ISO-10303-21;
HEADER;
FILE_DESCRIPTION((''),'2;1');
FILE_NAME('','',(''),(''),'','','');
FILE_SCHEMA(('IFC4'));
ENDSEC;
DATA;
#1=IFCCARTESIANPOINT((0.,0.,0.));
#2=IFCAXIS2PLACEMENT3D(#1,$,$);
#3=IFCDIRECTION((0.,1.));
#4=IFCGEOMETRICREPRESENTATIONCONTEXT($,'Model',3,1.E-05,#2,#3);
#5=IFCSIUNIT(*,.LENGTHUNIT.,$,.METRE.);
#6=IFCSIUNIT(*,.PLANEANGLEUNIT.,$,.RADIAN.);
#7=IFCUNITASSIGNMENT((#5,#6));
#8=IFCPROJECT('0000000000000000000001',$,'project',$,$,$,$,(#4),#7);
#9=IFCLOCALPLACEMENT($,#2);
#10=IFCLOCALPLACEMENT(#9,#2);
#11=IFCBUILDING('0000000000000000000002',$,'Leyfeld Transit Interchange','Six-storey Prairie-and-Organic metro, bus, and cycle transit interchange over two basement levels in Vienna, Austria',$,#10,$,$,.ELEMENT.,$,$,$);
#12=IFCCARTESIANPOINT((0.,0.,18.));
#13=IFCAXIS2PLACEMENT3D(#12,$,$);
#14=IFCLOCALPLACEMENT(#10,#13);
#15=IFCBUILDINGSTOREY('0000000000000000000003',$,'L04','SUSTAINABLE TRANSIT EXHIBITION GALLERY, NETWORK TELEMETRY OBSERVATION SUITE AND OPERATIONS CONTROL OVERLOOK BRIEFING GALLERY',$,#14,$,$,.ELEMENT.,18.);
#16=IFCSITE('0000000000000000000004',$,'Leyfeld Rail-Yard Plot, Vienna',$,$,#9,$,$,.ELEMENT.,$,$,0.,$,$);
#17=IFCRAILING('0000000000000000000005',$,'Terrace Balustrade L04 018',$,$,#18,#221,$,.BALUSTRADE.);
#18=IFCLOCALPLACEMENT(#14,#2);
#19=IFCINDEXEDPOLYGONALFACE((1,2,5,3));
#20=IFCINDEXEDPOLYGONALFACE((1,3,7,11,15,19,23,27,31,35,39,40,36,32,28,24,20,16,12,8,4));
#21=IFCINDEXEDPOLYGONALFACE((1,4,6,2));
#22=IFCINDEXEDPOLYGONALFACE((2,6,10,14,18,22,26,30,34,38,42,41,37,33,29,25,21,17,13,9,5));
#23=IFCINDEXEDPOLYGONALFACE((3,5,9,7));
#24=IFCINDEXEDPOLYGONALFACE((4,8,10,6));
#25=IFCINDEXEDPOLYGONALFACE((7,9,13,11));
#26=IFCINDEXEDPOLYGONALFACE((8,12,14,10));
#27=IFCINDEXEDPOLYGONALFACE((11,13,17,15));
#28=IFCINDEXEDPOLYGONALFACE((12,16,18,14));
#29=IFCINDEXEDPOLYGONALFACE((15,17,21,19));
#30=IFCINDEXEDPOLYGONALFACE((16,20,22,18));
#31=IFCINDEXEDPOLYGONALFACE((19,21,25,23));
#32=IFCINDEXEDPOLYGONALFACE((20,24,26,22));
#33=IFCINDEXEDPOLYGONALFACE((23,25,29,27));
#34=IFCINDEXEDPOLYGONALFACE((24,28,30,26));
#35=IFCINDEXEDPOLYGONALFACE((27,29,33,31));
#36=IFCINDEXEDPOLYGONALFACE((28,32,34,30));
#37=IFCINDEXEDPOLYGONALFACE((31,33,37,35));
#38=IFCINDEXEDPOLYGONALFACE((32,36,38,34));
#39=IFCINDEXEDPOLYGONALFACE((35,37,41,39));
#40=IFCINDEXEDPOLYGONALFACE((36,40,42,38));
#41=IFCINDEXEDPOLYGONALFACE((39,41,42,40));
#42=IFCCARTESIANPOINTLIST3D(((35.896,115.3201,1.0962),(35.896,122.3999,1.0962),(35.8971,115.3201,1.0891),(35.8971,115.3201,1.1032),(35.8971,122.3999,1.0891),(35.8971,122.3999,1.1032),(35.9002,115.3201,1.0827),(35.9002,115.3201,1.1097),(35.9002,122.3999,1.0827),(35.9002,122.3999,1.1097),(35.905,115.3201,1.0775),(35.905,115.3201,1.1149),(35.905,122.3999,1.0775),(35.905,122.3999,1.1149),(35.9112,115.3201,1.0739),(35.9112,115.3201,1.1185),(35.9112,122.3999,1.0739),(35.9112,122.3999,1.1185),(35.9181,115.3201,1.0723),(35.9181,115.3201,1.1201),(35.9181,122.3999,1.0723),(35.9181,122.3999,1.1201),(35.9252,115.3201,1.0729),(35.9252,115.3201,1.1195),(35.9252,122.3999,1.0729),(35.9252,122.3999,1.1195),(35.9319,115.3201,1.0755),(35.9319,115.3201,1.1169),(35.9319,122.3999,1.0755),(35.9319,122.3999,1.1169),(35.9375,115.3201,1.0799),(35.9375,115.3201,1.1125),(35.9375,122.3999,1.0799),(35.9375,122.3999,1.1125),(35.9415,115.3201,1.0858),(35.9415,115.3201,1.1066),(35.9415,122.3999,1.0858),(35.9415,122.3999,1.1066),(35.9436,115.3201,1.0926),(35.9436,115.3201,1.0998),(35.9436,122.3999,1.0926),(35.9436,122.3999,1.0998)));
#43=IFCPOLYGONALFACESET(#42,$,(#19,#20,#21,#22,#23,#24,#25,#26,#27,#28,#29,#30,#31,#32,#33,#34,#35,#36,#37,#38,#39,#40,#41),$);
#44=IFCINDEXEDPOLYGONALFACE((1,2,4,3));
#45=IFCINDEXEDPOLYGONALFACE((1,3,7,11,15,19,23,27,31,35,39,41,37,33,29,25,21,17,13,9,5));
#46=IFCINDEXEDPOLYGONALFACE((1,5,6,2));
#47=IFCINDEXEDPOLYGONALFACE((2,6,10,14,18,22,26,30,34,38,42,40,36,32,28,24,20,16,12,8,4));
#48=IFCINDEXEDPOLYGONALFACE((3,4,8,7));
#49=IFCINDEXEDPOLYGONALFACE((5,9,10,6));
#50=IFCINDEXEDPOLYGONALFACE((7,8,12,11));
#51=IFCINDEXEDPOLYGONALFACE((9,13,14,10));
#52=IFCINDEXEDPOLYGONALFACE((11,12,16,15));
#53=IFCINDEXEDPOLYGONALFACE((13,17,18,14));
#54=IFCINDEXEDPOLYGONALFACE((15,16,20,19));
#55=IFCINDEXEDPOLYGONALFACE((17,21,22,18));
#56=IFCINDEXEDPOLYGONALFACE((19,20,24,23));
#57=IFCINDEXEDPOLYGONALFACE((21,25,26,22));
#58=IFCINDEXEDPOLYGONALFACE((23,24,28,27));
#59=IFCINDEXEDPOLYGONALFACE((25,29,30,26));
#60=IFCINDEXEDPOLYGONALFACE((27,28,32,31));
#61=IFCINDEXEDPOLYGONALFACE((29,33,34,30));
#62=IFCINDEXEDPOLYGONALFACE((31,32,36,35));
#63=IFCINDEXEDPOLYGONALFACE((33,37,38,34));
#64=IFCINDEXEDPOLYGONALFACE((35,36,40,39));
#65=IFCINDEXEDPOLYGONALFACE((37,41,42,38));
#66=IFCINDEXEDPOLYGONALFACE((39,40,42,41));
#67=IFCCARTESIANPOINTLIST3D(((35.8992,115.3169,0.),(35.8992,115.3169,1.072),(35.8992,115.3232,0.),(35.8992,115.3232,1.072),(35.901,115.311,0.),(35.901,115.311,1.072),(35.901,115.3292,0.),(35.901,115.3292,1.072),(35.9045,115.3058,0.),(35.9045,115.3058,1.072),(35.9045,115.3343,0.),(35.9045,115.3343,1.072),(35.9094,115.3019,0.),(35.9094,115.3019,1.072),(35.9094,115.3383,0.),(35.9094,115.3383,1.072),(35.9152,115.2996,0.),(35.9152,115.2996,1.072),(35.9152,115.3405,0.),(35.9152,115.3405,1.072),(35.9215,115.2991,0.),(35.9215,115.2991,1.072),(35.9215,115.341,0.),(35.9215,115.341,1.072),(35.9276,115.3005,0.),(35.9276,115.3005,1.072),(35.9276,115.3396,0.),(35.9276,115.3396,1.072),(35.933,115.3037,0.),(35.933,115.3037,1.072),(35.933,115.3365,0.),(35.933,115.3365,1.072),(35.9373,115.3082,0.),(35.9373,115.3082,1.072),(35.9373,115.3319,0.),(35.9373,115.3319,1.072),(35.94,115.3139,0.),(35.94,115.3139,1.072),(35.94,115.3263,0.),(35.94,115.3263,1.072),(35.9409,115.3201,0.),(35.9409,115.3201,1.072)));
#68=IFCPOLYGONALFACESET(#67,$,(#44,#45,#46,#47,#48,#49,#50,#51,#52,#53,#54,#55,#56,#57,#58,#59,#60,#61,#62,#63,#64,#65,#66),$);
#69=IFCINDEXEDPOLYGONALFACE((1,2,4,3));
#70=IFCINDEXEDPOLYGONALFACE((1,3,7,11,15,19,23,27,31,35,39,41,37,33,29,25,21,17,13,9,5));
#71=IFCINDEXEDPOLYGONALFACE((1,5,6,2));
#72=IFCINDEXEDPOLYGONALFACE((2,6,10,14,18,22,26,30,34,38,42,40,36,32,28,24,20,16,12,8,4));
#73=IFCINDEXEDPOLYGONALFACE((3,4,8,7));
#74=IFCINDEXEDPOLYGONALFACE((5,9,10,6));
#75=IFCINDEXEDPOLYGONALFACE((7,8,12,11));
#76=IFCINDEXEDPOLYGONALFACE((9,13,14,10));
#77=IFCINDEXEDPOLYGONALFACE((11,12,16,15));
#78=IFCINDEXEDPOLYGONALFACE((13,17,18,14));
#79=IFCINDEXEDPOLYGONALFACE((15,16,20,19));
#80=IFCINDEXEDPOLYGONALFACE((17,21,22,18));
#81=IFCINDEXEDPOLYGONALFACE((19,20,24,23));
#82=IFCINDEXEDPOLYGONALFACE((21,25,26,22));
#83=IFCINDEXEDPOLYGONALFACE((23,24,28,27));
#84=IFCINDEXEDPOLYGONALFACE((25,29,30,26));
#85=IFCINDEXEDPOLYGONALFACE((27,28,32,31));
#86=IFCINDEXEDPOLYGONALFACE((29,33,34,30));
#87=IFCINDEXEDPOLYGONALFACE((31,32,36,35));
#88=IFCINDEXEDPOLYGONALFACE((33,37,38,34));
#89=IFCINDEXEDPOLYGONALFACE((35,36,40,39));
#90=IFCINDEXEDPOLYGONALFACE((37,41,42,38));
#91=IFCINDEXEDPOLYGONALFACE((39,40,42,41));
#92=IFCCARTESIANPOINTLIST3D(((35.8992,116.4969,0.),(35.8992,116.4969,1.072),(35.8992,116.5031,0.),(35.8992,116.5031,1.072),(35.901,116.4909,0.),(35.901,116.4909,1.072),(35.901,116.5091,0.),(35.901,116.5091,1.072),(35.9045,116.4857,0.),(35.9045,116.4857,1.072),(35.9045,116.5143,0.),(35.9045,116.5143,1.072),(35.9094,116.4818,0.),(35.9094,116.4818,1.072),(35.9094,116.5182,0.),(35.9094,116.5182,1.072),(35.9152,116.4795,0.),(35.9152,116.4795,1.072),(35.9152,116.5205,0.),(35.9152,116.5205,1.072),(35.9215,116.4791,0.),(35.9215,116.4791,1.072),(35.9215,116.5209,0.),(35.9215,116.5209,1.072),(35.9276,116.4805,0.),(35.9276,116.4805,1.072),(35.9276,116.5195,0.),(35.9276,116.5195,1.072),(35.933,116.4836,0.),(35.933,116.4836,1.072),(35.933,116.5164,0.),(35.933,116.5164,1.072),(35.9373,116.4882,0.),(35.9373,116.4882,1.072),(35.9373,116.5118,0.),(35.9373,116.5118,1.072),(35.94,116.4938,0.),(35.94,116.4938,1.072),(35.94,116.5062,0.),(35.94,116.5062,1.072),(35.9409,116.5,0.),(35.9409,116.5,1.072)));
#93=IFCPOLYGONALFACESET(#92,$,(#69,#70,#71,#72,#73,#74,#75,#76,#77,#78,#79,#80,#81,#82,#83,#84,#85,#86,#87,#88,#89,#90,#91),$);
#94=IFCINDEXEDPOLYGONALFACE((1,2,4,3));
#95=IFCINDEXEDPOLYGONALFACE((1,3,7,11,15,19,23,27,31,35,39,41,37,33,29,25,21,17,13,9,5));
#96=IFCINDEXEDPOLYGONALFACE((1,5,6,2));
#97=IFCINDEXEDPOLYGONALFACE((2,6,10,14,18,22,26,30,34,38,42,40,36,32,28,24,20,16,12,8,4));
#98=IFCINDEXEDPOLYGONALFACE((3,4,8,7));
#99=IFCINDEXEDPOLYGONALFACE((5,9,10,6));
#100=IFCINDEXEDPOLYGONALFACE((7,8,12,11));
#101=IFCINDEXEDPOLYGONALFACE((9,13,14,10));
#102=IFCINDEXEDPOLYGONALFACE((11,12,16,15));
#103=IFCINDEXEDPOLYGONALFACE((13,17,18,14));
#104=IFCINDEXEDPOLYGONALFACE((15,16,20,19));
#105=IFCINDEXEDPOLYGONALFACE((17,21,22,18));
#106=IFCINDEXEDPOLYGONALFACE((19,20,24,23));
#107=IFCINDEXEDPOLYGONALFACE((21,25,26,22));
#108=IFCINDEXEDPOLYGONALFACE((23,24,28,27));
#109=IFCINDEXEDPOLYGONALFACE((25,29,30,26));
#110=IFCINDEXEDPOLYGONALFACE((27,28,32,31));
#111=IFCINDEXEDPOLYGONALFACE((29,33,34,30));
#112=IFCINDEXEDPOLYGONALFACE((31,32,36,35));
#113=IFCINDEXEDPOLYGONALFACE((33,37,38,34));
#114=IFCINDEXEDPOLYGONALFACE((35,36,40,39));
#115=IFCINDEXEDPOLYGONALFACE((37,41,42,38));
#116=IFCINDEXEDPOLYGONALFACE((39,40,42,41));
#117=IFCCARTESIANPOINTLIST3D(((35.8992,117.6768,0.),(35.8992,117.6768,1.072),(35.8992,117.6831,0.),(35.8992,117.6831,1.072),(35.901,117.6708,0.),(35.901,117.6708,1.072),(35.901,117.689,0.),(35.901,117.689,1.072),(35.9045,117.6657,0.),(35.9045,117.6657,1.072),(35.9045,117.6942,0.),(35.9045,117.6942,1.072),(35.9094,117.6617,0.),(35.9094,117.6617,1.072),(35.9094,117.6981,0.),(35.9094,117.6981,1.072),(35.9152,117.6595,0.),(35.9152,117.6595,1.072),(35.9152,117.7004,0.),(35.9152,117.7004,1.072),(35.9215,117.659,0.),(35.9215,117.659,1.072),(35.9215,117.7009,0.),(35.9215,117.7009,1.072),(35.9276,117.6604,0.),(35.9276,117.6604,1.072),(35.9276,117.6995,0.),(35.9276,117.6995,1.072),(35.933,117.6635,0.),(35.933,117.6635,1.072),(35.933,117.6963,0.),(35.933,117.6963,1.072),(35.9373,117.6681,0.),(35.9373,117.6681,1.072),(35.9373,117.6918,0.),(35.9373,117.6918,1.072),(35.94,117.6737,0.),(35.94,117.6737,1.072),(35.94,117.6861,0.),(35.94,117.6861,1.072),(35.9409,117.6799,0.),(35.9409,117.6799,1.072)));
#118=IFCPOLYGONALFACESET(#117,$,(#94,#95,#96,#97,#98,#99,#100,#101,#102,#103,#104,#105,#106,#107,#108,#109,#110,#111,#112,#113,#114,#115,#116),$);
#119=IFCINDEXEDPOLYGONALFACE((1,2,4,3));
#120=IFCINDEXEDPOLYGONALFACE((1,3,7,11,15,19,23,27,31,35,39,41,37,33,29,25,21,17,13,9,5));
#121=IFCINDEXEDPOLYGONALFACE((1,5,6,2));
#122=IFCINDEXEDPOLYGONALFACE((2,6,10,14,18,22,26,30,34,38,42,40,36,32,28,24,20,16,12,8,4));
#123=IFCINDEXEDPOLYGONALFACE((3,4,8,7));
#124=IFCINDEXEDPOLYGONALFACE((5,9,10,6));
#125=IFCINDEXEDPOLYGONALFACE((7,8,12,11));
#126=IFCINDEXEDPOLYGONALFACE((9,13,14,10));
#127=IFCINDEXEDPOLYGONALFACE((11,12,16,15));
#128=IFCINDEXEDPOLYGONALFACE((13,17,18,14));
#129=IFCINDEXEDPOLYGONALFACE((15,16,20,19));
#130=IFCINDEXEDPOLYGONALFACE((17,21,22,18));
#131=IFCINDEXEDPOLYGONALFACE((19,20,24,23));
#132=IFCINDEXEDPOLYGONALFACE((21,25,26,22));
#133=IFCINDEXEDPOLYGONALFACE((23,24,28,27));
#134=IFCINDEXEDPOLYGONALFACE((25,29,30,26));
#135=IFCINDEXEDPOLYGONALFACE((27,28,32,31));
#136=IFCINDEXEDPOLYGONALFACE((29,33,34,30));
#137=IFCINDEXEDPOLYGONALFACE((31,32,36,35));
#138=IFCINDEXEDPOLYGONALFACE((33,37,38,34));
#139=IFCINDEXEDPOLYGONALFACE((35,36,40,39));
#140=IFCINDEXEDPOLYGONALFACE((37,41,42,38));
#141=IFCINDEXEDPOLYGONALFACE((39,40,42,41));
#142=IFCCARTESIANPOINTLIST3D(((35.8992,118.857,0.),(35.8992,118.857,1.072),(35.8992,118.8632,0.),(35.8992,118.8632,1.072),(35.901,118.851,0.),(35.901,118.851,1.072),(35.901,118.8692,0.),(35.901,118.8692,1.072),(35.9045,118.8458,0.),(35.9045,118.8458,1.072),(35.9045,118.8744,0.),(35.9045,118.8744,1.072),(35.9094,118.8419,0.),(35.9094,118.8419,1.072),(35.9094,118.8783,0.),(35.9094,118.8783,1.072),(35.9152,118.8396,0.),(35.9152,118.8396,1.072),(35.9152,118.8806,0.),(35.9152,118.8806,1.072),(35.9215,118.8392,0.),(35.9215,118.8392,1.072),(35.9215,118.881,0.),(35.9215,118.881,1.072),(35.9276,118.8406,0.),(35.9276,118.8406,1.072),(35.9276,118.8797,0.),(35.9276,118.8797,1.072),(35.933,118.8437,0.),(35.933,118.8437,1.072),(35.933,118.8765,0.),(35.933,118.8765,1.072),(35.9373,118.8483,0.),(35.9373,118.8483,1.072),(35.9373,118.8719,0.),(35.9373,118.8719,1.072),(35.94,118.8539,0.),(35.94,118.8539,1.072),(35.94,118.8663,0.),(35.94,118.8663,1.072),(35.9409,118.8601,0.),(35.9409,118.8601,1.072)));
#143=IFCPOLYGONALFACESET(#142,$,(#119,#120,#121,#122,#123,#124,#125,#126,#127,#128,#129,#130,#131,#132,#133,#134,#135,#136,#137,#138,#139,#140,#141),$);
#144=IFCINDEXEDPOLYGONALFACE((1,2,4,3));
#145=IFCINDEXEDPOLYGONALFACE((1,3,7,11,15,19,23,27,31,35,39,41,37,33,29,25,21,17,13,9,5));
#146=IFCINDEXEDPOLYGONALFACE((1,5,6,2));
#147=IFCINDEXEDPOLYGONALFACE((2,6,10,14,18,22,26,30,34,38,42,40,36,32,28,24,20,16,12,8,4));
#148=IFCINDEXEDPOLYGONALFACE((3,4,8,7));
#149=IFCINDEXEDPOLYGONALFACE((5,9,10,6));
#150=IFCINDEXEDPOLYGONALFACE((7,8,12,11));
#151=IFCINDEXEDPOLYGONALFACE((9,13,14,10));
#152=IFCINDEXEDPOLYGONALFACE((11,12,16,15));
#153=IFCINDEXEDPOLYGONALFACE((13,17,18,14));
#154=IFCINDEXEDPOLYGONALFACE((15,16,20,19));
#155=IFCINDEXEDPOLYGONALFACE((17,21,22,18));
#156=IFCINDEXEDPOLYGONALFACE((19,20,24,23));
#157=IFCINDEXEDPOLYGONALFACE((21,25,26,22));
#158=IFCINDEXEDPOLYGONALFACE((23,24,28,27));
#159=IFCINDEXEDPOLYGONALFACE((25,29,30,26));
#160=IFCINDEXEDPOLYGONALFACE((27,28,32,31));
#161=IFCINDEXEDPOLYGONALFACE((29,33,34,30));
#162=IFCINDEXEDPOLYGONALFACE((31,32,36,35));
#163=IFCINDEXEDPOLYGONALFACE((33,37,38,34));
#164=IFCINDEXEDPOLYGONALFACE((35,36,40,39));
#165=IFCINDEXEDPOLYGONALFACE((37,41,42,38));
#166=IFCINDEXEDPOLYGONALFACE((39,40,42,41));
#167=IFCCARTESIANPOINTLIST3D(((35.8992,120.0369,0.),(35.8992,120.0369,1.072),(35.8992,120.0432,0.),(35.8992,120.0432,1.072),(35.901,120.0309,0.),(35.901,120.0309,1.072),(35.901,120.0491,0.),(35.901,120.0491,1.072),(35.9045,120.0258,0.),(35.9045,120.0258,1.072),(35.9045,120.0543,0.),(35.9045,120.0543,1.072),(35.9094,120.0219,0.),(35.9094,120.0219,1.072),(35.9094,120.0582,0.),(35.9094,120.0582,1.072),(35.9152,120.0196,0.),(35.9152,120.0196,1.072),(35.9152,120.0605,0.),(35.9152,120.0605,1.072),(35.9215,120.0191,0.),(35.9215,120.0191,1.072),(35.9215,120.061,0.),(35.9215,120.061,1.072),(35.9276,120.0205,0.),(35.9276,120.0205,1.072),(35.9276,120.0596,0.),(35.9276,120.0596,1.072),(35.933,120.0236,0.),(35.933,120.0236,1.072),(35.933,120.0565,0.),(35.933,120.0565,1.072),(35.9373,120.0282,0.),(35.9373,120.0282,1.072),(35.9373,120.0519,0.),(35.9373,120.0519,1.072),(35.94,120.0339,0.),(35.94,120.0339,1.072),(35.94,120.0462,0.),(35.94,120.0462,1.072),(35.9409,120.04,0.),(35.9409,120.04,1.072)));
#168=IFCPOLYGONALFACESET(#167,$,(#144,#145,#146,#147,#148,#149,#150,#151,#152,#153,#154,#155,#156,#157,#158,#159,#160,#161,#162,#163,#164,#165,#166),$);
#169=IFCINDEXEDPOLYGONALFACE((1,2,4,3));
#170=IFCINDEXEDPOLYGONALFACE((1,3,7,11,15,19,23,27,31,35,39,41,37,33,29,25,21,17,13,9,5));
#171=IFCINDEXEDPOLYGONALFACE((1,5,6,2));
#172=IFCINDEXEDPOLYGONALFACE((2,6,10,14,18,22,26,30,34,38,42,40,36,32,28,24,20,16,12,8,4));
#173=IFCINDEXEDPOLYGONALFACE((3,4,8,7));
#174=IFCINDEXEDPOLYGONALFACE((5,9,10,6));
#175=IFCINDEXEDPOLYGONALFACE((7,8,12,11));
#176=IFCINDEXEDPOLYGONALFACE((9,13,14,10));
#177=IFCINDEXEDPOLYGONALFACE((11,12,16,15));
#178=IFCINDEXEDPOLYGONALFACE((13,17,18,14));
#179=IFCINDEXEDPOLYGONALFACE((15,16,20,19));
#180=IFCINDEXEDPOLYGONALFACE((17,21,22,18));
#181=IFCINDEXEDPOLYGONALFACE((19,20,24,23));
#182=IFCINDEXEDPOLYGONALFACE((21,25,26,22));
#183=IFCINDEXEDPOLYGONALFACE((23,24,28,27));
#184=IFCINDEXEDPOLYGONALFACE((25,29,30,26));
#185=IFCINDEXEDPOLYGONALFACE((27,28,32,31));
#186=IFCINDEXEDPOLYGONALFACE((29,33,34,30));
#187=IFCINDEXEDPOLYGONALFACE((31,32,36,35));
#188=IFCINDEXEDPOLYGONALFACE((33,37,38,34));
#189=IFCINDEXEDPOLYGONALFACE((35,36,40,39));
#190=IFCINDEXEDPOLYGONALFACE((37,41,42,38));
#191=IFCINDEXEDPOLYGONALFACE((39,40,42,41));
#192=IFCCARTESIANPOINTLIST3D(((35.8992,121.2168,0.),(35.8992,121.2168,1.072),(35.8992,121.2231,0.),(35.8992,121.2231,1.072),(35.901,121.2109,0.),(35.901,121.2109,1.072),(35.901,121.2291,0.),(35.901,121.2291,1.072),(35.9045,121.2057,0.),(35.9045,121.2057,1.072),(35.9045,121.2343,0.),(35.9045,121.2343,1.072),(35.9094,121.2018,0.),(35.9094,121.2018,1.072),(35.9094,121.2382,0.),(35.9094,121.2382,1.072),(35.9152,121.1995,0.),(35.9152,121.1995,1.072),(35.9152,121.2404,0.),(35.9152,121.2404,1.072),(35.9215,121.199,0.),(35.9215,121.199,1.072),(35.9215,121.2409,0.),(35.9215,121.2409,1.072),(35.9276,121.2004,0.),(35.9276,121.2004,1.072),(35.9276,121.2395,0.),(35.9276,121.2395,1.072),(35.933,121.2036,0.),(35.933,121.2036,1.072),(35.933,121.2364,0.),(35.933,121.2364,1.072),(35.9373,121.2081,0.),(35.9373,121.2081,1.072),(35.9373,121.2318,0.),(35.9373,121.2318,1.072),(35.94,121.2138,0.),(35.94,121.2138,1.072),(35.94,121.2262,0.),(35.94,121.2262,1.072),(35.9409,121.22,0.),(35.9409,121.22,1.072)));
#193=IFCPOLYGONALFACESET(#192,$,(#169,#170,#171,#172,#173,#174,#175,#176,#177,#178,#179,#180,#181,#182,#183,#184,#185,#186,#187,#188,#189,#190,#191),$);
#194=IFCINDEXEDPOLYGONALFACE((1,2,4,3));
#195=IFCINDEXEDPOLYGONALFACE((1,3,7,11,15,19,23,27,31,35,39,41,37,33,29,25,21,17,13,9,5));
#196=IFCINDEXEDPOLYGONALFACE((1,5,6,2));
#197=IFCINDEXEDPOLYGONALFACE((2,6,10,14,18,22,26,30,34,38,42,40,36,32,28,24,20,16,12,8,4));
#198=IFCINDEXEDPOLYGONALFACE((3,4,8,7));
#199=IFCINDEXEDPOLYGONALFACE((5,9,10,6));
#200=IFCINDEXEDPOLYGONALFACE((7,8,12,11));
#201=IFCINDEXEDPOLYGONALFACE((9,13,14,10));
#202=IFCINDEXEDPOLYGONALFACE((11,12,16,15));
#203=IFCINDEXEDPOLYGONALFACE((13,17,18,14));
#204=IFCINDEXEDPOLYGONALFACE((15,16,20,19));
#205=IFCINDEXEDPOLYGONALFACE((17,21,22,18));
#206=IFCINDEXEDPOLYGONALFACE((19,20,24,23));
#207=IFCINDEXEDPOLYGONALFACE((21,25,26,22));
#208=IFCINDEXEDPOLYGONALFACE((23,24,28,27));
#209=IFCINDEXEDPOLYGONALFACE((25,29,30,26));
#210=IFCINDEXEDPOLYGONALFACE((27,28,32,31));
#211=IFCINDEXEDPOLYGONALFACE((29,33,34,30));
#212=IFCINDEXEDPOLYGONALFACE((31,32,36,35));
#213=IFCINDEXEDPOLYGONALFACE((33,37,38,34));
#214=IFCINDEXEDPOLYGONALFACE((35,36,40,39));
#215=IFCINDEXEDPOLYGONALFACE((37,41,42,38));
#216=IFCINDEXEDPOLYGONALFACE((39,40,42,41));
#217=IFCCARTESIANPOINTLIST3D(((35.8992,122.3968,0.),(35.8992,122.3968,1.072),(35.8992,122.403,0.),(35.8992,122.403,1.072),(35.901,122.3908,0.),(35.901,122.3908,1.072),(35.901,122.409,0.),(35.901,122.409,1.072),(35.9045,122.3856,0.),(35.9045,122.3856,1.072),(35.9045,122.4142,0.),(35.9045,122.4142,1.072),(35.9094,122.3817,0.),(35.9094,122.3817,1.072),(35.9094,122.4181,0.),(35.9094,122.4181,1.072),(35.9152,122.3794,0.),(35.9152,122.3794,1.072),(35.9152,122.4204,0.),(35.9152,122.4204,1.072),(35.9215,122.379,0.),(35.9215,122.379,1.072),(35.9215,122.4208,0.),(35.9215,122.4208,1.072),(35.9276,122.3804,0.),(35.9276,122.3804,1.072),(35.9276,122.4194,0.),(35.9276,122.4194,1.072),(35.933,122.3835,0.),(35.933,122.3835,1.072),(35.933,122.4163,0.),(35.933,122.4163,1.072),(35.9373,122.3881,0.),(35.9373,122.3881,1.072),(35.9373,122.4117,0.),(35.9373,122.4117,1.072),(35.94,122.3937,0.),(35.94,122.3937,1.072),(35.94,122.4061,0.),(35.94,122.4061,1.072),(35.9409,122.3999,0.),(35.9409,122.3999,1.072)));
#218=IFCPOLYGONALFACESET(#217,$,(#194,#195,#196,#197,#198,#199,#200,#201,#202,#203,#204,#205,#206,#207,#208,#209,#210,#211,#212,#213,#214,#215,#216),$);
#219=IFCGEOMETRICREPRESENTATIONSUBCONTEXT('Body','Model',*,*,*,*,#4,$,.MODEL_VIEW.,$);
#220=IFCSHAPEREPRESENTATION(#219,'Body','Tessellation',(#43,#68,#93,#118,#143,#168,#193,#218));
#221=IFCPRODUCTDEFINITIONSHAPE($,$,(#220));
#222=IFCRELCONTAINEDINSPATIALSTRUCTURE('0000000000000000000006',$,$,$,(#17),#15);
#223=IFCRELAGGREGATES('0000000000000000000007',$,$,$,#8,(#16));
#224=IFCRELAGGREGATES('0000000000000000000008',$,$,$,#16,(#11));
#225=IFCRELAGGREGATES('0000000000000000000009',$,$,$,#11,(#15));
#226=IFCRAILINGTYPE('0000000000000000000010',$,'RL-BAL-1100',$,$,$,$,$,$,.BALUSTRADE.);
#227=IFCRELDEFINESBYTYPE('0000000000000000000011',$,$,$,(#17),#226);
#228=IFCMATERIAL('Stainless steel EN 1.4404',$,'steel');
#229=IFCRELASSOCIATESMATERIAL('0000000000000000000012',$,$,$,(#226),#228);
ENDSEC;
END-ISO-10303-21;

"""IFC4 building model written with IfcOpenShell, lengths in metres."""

from ifc_helpers import new_model, si_unit, direction, frame, origin, origin_2d, place, context, subcontext, project, spatial, circle, extrude, material, type_object, element, save


model = new_model("IFC4")

# Units and contexts
model_context = context("Model", 3, precision=1e-05, world=origin(), true_north=direction((0.0, 1.0)))
body_context = subcontext(model_context, "Body", "Model", "MODEL_VIEW")
ifc_project = project(units=[si_unit("LENGTHUNIT", "METRE"), si_unit("PLANEANGLEUNIT", "RADIAN")], contexts=[model_context])

# Site, building, storey
site_placement = place(None, origin())
site = spatial("IfcSite", under=ifc_project, at=site_placement, Name="Leyfeld Rail-Yard Plot, Vienna", CompositionType="ELEMENT", RefElevation=0.0)
building_placement = place(site_placement, origin())
building = spatial("IfcBuilding", under=site, at=building_placement, Name="Leyfeld Transit Interchange", Description="Six-storey Prairie-and-Organic metro, bus, and cycle transit interchange over two basement levels in Vienna, Austria", CompositionType="ELEMENT")
storey_placement = place(building_placement, frame((0.0, 0.0, 18.0)))
storey = spatial("IfcBuildingStorey", under=building, at=storey_placement, Name="L04", Description="SUSTAINABLE TRANSIT EXHIBITION GALLERY, NETWORK TELEMETRY OBSERVATION SUITE AND OPERATIONS CONTROL OVERLOOK BRIEFING GALLERY", CompositionType="ELEMENT", Elevation=18.0)

# Railing
ifc_material_1 = material(Name="Stainless steel EN 1.4404", Category="steel")
railing_type = type_object("IfcRailingType", Name="RL-BAL-1100", PredefinedType="BALUSTRADE", material=ifc_material_1)
railing_placement = place(storey_placement, frame((35.9199, 115.3201, 0.0)))
element("IfcRailing", 1, at=railing_placement, inside=storey, type_object=railing_type, Name="Terrace Balustrade L04 018", PredefinedType="BALUSTRADE", context=body_context, shape_type="SweptSolid", body=[
    extrude(circle(Radius=0.0239, at=origin_2d()), frame((0.0, 0.0, 1.0962), z_axis=(0.0, 1.0, 0.0), x_axis=(-1.0, 0.0, 0.0)), (0.0, 0.0, 1.0), 7.0798),
    extrude(circle(Radius=0.021, at=origin_2d()), origin(), (0.0, 0.0, 1.0), 1.072),
    extrude(circle(Radius=0.021, at=origin_2d()), frame((0.0, 1.1799, 0.0)), (0.0, 0.0, 1.0), 1.072),
    extrude(circle(Radius=0.021, at=origin_2d()), frame((0.0, 2.3599, 0.0)), (0.0, 0.0, 1.0), 1.072),
    extrude(circle(Radius=0.021, at=origin_2d()), frame((0.0, 3.54, 0.0)), (0.0, 0.0, 1.0), 1.072),
    extrude(circle(Radius=0.021, at=origin_2d()), frame((0.0, 4.72, 0.0)), (0.0, 0.0, 1.0), 1.072),
    extrude(circle(Radius=0.021, at=origin_2d()), frame((0.0, 5.8999, 0.0)), (0.0, 0.0, 1.0), 1.072),
    extrude(circle(Radius=0.021, at=origin_2d()), frame((0.0, 7.0798, 0.0)), (0.0, 0.0, 1.0), 1.072),
])

save(model, "model.ifc")
